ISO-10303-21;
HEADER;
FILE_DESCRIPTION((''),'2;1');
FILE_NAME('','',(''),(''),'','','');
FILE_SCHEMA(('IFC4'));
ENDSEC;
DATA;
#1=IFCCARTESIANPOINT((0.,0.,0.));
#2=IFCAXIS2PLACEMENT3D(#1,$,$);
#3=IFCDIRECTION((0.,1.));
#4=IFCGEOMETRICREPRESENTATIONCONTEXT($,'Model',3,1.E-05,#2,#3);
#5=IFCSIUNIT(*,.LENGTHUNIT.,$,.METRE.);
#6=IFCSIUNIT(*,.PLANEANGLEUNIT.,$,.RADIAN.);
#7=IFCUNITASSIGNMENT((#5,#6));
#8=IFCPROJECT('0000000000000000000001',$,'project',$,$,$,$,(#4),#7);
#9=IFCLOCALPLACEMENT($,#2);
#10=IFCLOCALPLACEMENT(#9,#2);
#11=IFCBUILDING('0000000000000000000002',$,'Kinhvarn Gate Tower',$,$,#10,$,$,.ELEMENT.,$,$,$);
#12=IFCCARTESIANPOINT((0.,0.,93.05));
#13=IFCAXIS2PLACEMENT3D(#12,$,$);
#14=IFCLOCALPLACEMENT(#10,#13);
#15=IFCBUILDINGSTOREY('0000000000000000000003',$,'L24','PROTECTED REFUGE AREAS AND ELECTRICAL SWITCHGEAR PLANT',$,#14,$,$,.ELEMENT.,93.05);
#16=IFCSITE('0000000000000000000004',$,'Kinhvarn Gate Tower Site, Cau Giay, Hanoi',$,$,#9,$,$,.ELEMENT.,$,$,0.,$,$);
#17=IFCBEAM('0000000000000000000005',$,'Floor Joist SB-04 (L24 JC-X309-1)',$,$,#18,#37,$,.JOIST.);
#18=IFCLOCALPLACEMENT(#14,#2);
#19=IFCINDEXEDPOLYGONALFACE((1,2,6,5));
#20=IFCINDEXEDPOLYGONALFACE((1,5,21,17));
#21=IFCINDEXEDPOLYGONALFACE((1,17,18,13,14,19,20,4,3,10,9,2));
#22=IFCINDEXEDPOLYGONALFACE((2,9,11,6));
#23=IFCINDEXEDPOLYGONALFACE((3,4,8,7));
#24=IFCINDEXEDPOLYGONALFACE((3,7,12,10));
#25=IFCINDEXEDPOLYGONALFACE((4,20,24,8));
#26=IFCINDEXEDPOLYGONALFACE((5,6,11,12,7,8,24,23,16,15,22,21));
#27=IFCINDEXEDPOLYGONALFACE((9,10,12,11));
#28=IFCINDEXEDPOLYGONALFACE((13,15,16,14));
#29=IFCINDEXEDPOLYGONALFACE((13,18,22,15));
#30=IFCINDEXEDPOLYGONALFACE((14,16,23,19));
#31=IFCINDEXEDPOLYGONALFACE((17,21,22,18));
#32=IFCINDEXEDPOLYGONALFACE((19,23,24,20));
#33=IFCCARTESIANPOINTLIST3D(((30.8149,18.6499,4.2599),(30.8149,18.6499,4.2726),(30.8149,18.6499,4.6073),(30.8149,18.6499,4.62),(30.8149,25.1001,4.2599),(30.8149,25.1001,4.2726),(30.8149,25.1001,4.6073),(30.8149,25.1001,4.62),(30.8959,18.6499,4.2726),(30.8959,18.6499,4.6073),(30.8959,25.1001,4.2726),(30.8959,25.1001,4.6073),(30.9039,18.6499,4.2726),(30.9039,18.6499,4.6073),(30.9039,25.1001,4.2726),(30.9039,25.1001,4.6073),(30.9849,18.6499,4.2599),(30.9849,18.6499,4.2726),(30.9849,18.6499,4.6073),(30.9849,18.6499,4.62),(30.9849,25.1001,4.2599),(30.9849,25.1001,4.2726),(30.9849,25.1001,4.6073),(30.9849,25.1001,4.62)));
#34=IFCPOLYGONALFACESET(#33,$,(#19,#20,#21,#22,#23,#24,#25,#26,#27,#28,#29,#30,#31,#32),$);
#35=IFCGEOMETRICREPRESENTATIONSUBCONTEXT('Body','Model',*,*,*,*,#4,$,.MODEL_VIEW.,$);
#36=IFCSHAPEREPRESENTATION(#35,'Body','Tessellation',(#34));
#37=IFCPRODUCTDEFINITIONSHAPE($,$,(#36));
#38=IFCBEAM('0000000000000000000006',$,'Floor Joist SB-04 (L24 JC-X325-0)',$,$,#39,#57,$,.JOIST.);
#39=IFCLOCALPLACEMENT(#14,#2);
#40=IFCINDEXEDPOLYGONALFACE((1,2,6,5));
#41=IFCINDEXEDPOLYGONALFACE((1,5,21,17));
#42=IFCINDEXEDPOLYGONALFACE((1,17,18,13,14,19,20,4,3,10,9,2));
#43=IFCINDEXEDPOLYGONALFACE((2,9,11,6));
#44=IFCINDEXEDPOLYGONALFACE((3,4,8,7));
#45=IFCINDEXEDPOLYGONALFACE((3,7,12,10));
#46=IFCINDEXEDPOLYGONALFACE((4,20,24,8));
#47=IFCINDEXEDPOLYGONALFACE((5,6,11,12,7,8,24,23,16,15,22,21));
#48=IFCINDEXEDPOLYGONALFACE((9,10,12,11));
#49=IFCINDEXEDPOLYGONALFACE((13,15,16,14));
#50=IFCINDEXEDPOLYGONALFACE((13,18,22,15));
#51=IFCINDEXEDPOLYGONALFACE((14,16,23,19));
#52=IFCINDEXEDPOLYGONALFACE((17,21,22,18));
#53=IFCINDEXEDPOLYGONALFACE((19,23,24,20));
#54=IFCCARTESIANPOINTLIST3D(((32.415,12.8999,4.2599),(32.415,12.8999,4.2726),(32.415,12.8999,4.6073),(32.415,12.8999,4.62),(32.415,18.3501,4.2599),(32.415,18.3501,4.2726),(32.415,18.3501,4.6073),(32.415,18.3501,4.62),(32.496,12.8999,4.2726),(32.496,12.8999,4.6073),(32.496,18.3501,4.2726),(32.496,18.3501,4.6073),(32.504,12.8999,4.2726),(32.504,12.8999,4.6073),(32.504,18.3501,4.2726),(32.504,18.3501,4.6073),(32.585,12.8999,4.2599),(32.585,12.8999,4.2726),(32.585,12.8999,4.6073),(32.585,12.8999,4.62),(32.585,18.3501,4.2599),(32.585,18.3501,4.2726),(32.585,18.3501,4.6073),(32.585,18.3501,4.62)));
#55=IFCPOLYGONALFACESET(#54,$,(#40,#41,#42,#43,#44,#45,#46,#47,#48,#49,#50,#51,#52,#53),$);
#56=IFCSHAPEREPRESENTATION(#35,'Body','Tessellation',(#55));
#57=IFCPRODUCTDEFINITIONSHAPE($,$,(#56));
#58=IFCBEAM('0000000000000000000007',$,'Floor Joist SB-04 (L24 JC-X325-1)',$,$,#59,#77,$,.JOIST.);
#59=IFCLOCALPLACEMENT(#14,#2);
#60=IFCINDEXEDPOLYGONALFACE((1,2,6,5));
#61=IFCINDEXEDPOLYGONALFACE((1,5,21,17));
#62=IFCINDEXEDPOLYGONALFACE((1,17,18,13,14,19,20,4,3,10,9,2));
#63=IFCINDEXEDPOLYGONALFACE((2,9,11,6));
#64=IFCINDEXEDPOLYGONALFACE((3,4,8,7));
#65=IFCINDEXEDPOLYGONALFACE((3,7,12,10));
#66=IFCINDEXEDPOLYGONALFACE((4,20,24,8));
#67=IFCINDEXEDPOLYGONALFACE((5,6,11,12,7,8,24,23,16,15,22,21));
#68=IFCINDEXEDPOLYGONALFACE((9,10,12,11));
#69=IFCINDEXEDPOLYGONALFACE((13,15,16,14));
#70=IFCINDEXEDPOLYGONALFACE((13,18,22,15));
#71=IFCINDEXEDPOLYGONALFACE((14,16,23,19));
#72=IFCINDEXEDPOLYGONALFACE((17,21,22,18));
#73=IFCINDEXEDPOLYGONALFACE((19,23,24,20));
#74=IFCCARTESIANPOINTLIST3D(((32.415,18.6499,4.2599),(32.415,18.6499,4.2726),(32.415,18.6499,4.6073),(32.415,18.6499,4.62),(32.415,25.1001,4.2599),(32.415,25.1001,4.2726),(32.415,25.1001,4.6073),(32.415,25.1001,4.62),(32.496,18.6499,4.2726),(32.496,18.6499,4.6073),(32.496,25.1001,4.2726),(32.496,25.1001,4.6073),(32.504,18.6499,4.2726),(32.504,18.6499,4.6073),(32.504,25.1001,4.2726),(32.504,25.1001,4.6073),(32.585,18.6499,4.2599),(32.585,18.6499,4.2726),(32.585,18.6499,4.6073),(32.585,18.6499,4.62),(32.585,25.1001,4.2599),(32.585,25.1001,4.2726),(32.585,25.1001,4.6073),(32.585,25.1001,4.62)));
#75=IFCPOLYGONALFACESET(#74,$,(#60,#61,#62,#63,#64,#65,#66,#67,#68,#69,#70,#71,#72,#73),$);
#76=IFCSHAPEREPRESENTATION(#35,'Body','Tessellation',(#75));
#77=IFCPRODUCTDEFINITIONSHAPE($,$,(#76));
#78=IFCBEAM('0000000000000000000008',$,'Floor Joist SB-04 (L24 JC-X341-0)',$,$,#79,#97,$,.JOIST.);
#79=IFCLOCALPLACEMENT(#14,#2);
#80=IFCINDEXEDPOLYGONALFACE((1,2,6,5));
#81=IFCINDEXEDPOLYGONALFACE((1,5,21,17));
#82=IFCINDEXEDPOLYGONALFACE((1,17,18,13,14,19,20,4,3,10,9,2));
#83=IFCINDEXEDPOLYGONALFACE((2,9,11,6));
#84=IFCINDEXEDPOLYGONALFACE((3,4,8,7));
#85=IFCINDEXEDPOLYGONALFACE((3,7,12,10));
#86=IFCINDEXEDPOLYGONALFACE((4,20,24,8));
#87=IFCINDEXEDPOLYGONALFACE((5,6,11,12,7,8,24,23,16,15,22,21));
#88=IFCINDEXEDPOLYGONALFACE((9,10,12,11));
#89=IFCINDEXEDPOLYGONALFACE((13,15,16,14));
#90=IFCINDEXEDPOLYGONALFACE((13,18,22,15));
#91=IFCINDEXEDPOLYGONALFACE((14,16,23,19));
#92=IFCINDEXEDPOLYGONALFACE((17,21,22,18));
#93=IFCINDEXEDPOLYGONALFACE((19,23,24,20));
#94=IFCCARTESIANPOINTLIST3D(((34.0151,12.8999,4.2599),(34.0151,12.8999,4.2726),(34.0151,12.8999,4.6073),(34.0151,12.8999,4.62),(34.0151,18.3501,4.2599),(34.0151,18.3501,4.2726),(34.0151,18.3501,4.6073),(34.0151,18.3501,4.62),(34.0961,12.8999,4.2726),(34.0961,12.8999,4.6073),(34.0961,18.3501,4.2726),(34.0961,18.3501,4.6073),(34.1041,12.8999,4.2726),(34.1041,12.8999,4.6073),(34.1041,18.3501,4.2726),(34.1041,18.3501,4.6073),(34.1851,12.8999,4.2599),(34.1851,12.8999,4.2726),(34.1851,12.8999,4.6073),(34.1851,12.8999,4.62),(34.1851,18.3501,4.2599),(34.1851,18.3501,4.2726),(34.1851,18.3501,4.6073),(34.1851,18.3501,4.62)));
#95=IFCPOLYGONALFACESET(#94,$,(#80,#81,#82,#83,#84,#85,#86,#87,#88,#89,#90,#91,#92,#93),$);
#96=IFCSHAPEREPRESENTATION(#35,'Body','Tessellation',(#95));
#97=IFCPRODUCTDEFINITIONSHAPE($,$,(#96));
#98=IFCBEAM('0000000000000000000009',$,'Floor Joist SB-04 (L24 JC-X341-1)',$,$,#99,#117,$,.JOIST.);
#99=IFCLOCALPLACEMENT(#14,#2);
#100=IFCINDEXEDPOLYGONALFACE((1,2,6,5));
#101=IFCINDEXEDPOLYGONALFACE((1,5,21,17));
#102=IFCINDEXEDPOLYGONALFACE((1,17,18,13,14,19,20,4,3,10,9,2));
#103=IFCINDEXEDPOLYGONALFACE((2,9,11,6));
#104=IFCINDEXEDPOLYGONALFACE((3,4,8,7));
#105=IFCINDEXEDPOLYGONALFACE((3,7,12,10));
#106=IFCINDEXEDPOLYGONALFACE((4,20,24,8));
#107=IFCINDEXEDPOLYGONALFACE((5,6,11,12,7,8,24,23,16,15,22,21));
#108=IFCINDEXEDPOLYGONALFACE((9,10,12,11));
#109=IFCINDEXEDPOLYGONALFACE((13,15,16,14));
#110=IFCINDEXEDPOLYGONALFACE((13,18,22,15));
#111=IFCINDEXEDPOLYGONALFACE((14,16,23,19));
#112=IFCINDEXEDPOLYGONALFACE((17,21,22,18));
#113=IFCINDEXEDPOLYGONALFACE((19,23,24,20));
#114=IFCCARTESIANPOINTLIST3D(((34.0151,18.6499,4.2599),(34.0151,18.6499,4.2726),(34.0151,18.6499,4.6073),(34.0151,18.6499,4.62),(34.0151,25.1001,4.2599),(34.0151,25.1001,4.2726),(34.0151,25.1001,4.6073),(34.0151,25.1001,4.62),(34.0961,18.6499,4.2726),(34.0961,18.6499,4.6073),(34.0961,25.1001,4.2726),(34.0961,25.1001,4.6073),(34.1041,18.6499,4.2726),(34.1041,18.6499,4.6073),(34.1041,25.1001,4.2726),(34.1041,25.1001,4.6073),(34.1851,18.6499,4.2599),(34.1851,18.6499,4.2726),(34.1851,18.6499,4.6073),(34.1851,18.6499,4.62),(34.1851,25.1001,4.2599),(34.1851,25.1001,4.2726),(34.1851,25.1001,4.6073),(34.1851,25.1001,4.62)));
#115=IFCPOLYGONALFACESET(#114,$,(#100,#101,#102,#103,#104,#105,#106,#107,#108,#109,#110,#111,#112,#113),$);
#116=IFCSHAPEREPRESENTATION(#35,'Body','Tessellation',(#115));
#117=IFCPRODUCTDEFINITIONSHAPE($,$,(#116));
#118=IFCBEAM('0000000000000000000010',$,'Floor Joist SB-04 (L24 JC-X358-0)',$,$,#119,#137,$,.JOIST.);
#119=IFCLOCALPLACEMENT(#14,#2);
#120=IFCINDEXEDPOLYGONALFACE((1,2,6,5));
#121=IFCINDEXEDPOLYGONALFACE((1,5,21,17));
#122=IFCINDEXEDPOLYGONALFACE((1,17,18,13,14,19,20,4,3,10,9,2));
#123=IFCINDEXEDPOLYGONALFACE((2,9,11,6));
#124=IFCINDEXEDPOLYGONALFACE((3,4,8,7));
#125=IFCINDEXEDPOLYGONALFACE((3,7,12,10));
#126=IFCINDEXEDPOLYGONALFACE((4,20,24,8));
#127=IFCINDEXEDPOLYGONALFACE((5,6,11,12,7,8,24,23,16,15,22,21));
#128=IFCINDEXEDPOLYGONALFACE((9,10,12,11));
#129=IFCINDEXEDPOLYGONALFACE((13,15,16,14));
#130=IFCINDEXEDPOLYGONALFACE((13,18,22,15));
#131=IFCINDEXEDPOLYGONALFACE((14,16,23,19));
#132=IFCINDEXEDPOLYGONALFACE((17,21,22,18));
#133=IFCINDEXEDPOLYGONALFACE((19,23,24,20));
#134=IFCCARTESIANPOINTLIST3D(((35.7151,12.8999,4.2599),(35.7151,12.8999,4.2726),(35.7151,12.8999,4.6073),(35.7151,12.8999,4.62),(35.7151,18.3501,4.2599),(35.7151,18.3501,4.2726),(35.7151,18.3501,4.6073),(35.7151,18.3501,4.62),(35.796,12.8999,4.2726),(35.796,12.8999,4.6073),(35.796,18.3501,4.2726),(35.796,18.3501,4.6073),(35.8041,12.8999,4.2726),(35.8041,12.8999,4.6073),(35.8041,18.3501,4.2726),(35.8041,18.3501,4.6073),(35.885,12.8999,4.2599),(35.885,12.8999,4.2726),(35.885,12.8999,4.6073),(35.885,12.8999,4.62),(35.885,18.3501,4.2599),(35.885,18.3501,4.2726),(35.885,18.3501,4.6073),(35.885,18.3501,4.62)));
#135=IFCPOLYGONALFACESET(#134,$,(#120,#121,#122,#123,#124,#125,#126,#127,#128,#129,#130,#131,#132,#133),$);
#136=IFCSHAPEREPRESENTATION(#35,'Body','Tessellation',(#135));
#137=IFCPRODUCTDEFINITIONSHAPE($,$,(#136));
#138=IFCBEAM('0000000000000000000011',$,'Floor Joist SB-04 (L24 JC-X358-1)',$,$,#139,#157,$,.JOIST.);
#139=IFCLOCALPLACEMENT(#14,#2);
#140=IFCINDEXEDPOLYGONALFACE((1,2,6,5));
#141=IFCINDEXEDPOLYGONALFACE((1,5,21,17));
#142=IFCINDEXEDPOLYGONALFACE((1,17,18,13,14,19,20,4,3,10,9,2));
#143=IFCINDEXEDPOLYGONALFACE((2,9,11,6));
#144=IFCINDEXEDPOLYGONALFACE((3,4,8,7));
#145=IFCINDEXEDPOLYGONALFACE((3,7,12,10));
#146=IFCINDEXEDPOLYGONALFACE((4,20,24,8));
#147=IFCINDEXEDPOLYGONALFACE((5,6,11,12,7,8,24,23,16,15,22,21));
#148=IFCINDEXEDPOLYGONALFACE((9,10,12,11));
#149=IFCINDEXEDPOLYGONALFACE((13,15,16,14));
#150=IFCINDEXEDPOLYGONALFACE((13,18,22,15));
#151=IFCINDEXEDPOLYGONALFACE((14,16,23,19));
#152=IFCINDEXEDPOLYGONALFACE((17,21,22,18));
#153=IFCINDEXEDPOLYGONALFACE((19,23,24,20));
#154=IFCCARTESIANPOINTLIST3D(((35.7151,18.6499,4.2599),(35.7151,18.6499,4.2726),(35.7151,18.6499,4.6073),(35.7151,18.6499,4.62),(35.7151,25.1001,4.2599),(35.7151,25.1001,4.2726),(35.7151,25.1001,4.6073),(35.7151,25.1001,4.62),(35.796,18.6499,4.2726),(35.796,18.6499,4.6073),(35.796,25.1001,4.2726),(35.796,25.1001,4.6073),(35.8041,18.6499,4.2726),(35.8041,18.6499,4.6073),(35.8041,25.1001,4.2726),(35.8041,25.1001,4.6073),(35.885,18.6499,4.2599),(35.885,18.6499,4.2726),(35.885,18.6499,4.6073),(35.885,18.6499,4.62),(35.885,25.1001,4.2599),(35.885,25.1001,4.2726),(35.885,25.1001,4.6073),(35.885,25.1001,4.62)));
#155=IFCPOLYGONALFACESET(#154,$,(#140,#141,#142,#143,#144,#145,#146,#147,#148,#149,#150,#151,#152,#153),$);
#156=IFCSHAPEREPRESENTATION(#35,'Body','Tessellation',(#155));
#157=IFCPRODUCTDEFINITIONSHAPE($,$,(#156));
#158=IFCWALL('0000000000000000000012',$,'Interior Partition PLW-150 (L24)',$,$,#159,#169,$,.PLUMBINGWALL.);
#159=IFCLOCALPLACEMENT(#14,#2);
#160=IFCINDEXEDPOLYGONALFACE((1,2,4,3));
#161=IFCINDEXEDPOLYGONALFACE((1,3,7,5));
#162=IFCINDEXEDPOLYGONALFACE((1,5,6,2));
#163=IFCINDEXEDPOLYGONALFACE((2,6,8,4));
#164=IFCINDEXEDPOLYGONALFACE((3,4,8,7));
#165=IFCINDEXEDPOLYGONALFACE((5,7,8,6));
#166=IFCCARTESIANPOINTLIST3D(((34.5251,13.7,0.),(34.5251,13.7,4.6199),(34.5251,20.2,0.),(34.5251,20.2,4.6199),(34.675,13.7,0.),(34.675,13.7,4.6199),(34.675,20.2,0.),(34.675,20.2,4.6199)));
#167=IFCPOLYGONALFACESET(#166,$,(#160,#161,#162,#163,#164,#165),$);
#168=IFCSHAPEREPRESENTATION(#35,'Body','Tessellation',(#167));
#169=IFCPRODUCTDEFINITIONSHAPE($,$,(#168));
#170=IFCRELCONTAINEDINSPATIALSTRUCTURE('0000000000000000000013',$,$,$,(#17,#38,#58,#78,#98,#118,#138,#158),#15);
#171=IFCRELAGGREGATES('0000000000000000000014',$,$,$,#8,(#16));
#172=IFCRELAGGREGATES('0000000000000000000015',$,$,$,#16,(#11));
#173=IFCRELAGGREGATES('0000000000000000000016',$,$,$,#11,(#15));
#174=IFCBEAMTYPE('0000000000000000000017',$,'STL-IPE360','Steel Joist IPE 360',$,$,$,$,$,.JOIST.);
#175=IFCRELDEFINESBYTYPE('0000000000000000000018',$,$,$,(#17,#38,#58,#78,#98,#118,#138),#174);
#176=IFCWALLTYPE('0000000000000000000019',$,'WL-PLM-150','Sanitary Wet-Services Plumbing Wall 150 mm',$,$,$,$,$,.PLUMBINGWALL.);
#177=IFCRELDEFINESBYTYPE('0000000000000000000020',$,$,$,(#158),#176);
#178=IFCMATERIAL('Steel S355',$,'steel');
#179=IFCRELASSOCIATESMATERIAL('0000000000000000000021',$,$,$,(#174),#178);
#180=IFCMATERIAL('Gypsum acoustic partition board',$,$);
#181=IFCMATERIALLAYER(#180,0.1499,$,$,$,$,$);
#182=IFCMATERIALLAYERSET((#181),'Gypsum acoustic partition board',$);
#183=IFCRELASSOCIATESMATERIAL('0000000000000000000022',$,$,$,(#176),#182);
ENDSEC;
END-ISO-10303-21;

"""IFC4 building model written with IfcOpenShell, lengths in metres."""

from ifc_helpers import new_model, si_unit, direction, frame, frame_2d, origin, origin_2d, place, context, subcontext, project, spatial, rectangle, i_section, extrude, material, layer, layer_set, material_profile, profile_set, type_object, element, save


model = new_model("IFC4")

# Units and contexts
model_context = context("Model", 3, precision=1e-05, world=origin(), true_north=direction((0.0, 1.0)))
body_context = subcontext(model_context, "Body", "Model", "MODEL_VIEW")
ifc_project = project(units=[si_unit("LENGTHUNIT", "METRE"), si_unit("PLANEANGLEUNIT", "RADIAN")], contexts=[model_context])

# Site, building, storey
site_placement = place(None, origin())
site = spatial("IfcSite", under=ifc_project, at=site_placement, Name="Kinhvarn Gate Tower Site, Cau Giay, Hanoi", CompositionType="ELEMENT", RefElevation=0.0)
building_placement = place(site_placement, origin())
building = spatial("IfcBuilding", under=site, at=building_placement, Name="Kinhvarn Gate Tower", CompositionType="ELEMENT")
storey_placement = place(building_placement, frame((0.0, 0.0, 93.05)))
storey = spatial("IfcBuildingStorey", under=building, at=storey_placement, Name="L24", Description="PROTECTED REFUGE AREAS AND ELECTRICAL SWITCHGEAR PLANT", CompositionType="ELEMENT", Elevation=93.05)

# Shared definitions
ifc_material_1 = material(Name="Steel S355", Category="steel")

# Beams
ifc_material_profile_1 = material_profile(ifc_material_1, i_section(OverallWidth=0.1699, OverallDepth=0.3601, WebThickness=0.0081, FlangeThickness=0.0127, at=origin_2d()), Name="IPE 360")
ifc_profile_set_1 = profile_set([ifc_material_profile_1], Name="Steel S355")
beam_type_1 = type_object("IfcBeamType", Name="STL-IPE360", Description="Steel Joist IPE 360", PredefinedType="JOIST", material=ifc_profile_set_1)
beam_1_placement = place(storey_placement, frame((30.8999, 18.6499, 4.4399), z_axis=(0.0, 1.0, 0.0), x_axis=(-1.0, 0.0, 0.0)))
element("IfcBeam", 1, at=beam_1_placement, inside=storey, type_object=beam_type_1, Name="Floor Joist SB-04 (L24 JC-X309-1)", PredefinedType="JOIST", context=body_context, shape_type="SweptSolid", body=[
    extrude(i_section(OverallWidth=0.1699, OverallDepth=0.3601, WebThickness=0.0081, FlangeThickness=0.0127, at=origin_2d()), origin(), (0.0, 0.0, 1.0), 6.4502),
])
beam_2_placement = place(storey_placement, frame((32.5, 12.8999, 4.4399), z_axis=(0.0, 1.0, 0.0), x_axis=(-1.0, 0.0, 0.0)))
element("IfcBeam", 2, at=beam_2_placement, inside=storey, type_object=beam_type_1, Name="Floor Joist SB-04 (L24 JC-X325-0)", PredefinedType="JOIST", context=body_context, shape_type="SweptSolid", body=[
    extrude(i_section(OverallWidth=0.1699, OverallDepth=0.3601, WebThickness=0.0081, FlangeThickness=0.0127, at=origin_2d()), origin(), (0.0, 0.0, 1.0), 5.4502),
])
beam_3_placement = place(storey_placement, frame((32.5, 18.6499, 4.4399), z_axis=(0.0, 1.0, 0.0), x_axis=(-1.0, 0.0, 0.0)))
element("IfcBeam", 3, at=beam_3_placement, inside=storey, type_object=beam_type_1, Name="Floor Joist SB-04 (L24 JC-X325-1)", PredefinedType="JOIST", context=body_context, shape_type="SweptSolid", body=[
    extrude(i_section(OverallWidth=0.1699, OverallDepth=0.3601, WebThickness=0.0081, FlangeThickness=0.0127, at=origin_2d()), origin(), (0.0, 0.0, 1.0), 6.4502),
])
beam_4_placement = place(storey_placement, frame((34.1001, 12.8999, 4.4399), z_axis=(0.0, 1.0, 0.0), x_axis=(-1.0, 0.0, 0.0)))
element("IfcBeam", 4, at=beam_4_placement, inside=storey, type_object=beam_type_1, Name="Floor Joist SB-04 (L24 JC-X341-0)", PredefinedType="JOIST", context=body_context, shape_type="SweptSolid", body=[
    extrude(i_section(OverallWidth=0.1699, OverallDepth=0.3601, WebThickness=0.0081, FlangeThickness=0.0127, at=origin_2d()), origin(), (0.0, 0.0, 1.0), 5.4502),
])
beam_5_placement = place(storey_placement, frame((34.1001, 18.6499, 4.4399), z_axis=(0.0, 1.0, 0.0), x_axis=(-1.0, 0.0, 0.0)))
element("IfcBeam", 5, at=beam_5_placement, inside=storey, type_object=beam_type_1, Name="Floor Joist SB-04 (L24 JC-X341-1)", PredefinedType="JOIST", context=body_context, shape_type="SweptSolid", body=[
    extrude(i_section(OverallWidth=0.1699, OverallDepth=0.3601, WebThickness=0.0081, FlangeThickness=0.0127, at=origin_2d()), origin(), (0.0, 0.0, 1.0), 6.4502),
])
beam_6_placement = place(storey_placement, frame((35.8, 12.8999, 4.4399), z_axis=(0.0, 1.0, 0.0), x_axis=(-1.0, 0.0, 0.0)))
element("IfcBeam", 6, at=beam_6_placement, inside=storey, type_object=beam_type_1, Name="Floor Joist SB-04 (L24 JC-X358-0)", PredefinedType="JOIST", context=body_context, shape_type="SweptSolid", body=[
    extrude(i_section(OverallWidth=0.1699, OverallDepth=0.3601, WebThickness=0.0081, FlangeThickness=0.0127, at=origin_2d()), origin(), (0.0, 0.0, 1.0), 5.4502),
])
beam_7_placement = place(storey_placement, frame((35.8, 18.6499, 4.4399), z_axis=(0.0, 1.0, 0.0), x_axis=(-1.0, 0.0, 0.0)))
element("IfcBeam", 7, at=beam_7_placement, inside=storey, type_object=beam_type_1, Name="Floor Joist SB-04 (L24 JC-X358-1)", PredefinedType="JOIST", context=body_context, shape_type="SweptSolid", body=[
    extrude(i_section(OverallWidth=0.1699, OverallDepth=0.3601, WebThickness=0.0081, FlangeThickness=0.0127, at=origin_2d()), origin(), (0.0, 0.0, 1.0), 6.4502),
])

# Wall
ifc_material_2 = material(Name="Gypsum acoustic partition board")
ifc_layer_1 = layer(ifc_material_2, 0.1499)
ifc_layer_set_1 = layer_set([ifc_layer_1], Name="Gypsum acoustic partition board")
wall_type_1 = type_object("IfcWallType", Name="WL-PLM-150", Description="Sanitary Wet-Services Plumbing Wall 150 mm", PredefinedType="PLUMBINGWALL", material=ifc_layer_set_1)
wall_1_placement = place(storey_placement, frame((34.6001, 13.7, 0.0), z_axis=(0.0, 0.0, 1.0), x_axis=(0.0, 1.0, 0.0)))
element("IfcWall", 8, at=wall_1_placement, inside=storey, type_object=wall_type_1, Name="Interior Partition PLW-150 (L24)", PredefinedType="PLUMBINGWALL", context=body_context, shape_type="SweptSolid", body=[
    extrude(rectangle(XDim=6.5, YDim=0.1499, at=frame_2d((3.25, 0.0))), origin(), (0.0, 0.0, 1.0), 4.6199),
])

save(model, "model.ifc")
